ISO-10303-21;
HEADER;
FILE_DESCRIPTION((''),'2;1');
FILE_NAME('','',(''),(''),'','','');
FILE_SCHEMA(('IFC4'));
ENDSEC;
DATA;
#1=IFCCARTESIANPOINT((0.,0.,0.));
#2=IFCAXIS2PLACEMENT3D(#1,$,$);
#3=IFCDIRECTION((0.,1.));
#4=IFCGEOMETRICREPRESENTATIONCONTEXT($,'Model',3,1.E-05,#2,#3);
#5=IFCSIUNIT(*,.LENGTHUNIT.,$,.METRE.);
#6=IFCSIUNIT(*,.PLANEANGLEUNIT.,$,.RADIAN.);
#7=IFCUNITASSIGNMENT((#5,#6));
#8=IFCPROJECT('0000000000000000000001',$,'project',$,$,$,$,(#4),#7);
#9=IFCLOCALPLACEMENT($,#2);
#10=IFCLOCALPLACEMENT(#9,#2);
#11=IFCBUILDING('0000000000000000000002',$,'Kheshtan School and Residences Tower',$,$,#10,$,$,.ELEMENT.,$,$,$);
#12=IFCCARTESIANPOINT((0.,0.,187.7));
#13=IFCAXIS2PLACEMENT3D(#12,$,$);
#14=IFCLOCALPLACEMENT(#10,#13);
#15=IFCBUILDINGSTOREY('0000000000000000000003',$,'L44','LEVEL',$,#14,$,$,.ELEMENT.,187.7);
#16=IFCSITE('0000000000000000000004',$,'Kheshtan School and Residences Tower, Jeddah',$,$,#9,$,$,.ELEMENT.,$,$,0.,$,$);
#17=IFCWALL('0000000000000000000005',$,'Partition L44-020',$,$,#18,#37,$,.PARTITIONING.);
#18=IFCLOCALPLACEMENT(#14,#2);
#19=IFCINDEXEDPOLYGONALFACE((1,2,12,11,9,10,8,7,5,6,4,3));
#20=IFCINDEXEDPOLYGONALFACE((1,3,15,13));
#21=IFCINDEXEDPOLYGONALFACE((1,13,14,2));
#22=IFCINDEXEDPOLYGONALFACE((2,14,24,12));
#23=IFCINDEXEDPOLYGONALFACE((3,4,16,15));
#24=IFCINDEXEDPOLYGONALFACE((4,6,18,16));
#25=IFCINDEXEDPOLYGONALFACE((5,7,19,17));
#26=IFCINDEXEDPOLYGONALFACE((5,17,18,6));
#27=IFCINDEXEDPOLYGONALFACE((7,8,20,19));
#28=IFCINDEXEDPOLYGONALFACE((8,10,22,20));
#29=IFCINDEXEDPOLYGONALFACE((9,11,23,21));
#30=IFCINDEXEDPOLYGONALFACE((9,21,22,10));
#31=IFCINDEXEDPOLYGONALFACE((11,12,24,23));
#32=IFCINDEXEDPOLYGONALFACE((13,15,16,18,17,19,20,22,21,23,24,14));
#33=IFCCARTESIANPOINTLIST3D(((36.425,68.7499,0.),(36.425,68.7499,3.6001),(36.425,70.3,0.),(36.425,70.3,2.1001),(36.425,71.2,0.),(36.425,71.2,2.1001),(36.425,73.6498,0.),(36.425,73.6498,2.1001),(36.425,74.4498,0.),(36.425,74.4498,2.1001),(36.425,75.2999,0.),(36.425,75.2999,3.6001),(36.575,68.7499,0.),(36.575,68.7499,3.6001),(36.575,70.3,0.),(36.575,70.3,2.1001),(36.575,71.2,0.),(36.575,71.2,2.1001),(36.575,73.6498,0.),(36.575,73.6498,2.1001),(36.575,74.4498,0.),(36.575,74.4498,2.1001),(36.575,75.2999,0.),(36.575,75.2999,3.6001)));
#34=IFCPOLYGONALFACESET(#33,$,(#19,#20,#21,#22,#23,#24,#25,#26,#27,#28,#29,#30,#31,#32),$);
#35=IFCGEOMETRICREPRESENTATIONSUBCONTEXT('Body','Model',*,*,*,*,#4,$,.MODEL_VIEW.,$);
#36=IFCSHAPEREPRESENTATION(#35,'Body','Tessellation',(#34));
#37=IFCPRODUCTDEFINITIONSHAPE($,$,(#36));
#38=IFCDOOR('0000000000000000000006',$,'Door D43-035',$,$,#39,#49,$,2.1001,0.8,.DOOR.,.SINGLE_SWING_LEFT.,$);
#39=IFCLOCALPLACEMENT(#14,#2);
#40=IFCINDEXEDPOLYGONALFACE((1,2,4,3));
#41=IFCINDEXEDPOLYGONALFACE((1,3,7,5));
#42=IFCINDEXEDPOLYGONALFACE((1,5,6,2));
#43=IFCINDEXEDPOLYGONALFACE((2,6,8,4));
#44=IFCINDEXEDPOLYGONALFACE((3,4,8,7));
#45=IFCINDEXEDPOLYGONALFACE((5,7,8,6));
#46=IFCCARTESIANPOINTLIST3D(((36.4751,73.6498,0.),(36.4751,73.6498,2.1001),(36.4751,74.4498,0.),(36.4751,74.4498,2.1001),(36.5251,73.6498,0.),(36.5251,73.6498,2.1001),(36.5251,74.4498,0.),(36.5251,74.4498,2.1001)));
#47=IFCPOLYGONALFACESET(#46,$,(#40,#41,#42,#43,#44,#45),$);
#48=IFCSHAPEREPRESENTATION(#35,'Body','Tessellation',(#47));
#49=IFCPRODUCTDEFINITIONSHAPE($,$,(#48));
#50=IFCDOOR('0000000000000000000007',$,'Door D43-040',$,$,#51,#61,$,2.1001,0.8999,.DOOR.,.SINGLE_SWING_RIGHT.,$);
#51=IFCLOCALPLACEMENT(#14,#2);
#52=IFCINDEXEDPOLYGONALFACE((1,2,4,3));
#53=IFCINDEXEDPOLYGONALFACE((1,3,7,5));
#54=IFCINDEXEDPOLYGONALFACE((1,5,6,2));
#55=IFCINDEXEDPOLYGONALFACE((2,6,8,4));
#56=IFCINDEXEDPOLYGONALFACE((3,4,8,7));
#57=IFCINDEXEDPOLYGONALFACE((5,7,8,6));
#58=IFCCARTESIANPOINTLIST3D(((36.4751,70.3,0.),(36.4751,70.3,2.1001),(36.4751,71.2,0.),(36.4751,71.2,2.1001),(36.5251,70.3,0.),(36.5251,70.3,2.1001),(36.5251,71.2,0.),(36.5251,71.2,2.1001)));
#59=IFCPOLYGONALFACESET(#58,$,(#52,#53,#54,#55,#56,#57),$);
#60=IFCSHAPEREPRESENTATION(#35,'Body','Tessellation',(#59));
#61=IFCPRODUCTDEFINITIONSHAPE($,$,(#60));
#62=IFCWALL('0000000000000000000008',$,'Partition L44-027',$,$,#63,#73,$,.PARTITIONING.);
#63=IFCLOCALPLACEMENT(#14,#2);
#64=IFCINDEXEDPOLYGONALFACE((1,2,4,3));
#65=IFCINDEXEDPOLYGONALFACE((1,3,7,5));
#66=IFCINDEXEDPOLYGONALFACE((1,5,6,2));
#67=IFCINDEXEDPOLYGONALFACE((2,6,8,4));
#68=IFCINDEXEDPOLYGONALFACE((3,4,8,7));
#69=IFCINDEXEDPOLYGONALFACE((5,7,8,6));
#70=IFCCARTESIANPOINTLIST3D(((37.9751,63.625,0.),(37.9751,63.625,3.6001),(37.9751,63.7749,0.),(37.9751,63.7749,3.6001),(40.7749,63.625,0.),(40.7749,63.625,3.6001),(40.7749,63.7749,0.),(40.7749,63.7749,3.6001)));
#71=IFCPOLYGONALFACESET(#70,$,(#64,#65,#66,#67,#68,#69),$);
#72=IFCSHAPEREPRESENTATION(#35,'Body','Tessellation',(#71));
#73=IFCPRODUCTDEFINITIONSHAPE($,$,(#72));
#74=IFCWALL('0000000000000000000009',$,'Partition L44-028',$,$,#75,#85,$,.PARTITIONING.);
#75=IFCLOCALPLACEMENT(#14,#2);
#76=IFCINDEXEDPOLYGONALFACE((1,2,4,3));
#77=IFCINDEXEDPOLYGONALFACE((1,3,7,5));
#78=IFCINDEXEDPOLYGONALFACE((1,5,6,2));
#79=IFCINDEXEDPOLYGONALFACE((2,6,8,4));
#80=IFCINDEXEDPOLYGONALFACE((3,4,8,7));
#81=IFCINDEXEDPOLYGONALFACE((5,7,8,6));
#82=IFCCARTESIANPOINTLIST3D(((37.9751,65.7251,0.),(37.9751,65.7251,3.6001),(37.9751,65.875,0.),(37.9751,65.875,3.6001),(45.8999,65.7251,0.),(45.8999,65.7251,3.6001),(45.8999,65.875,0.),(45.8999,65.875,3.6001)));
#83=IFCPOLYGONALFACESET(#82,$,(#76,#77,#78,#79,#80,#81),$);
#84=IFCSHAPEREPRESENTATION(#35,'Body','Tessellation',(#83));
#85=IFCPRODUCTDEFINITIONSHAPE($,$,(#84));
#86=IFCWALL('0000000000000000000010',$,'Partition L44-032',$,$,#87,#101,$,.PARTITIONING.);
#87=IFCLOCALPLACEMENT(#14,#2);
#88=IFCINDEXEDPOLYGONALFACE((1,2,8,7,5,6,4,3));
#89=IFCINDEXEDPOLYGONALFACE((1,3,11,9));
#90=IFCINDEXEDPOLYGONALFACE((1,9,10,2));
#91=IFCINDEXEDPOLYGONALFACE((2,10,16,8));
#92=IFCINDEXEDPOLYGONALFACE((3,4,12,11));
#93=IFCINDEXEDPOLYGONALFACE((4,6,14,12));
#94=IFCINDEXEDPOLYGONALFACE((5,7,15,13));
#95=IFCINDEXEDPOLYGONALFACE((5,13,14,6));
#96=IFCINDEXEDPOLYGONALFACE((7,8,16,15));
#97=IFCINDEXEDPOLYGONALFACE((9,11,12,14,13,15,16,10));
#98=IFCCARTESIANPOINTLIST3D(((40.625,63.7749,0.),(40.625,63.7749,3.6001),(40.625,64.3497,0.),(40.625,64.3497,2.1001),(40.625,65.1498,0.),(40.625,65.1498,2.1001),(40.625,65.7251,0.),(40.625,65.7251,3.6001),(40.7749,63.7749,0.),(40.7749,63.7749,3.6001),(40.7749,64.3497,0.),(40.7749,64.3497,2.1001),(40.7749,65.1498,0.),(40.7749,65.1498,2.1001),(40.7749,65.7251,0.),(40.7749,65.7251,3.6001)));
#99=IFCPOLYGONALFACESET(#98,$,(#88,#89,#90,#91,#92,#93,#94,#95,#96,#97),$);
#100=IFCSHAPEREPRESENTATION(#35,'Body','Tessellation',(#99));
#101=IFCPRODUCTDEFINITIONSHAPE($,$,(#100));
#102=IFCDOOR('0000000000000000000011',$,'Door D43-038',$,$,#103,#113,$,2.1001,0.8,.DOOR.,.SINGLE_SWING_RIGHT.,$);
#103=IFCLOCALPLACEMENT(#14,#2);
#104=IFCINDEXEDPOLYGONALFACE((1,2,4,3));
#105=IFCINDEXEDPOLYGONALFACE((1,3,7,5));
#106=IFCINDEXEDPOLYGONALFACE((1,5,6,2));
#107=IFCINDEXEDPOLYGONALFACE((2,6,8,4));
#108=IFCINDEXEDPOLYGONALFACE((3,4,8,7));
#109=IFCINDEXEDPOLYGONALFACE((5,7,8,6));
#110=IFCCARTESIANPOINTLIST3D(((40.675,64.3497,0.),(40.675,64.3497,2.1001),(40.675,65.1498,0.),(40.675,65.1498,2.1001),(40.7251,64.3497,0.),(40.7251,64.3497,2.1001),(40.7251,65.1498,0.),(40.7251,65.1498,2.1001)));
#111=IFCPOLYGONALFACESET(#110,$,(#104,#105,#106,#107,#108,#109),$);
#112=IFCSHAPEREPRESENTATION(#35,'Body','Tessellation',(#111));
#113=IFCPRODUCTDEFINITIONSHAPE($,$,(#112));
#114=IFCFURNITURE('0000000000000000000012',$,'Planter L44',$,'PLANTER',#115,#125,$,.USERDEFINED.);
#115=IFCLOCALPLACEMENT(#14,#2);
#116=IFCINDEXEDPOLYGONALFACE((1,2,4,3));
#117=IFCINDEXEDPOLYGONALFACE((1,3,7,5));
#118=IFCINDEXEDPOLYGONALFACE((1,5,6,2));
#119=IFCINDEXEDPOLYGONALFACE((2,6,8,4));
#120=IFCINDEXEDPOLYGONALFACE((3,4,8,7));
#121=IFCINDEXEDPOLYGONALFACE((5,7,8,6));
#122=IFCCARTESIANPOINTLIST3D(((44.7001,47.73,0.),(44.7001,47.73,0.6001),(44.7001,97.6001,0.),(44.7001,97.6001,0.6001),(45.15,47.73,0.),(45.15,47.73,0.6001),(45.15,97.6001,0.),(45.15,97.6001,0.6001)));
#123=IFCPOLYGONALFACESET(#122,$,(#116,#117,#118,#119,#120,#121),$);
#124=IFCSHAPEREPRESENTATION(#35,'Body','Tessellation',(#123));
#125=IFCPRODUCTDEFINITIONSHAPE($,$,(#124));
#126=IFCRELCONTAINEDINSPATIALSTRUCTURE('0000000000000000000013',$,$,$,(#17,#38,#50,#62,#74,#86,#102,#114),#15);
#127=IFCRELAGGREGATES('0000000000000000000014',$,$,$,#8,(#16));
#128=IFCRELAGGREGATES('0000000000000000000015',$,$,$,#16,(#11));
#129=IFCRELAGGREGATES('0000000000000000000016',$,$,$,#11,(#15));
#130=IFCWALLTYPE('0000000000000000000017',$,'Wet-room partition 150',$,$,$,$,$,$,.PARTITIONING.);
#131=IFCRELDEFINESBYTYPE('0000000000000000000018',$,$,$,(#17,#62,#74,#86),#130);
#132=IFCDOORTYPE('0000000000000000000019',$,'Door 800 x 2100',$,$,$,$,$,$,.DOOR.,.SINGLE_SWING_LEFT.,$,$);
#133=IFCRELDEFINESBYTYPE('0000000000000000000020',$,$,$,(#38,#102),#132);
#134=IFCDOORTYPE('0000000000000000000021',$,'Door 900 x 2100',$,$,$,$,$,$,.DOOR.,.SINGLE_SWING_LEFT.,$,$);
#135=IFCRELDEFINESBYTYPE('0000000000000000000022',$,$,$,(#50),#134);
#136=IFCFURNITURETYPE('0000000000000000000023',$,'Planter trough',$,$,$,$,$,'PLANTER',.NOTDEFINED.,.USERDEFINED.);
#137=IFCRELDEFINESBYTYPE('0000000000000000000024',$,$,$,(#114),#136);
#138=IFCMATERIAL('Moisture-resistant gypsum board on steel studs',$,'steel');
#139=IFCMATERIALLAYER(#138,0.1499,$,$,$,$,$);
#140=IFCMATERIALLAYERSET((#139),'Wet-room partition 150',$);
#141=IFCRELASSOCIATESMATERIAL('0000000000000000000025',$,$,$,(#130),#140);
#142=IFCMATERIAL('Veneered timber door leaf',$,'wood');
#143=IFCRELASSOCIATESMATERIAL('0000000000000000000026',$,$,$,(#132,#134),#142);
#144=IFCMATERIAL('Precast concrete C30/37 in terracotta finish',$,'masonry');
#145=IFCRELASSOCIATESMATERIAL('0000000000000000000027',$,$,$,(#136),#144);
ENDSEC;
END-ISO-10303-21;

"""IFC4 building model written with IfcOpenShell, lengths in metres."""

from ifc_helpers import new_model, si_unit, direction, frame, frame_2d, origin, origin_2d, place, context, subcontext, project, spatial, rectangle, extrude, source, transform, mapped, material, layer, layer_set, type_object, element, fill, save


model = new_model("IFC4")

# Units and contexts
model_context = context("Model", 3, precision=1e-05, world=origin(), true_north=direction((0.0, 1.0)))
body_context = subcontext(model_context, "Body", "Model", "MODEL_VIEW")
ifc_project = project(units=[si_unit("LENGTHUNIT", "METRE"), si_unit("PLANEANGLEUNIT", "RADIAN")], contexts=[model_context])

# Site, building, storey
site_placement = place(None, origin())
site = spatial("IfcSite", under=ifc_project, at=site_placement, Name="Kheshtan School and Residences Tower, Jeddah", CompositionType="ELEMENT", RefElevation=0.0)
building_placement = place(site_placement, origin())
building = spatial("IfcBuilding", under=site, at=building_placement, Name="Kheshtan School and Residences Tower", CompositionType="ELEMENT")
storey_placement = place(building_placement, frame((0.0, 0.0, 187.7)))
storey = spatial("IfcBuildingStorey", under=building, at=storey_placement, Name="L44", Description="LEVEL", CompositionType="ELEMENT", Elevation=187.7)

# Shared definitions
ifc_material_1 = material(Name="Moisture-resistant gypsum board on steel studs", Category="steel")
ifc_layer_1 = layer(ifc_material_1, 0.1499)
ifc_layer_set_1 = layer_set([ifc_layer_1], Name="Wet-room partition 150")
wall_type_1 = type_object("IfcWallType", Name="Wet-room partition 150", PredefinedType="PARTITIONING", material=ifc_layer_set_1)

# Wall, openings, doors
wall_1_placement = place(storey_placement, frame((36.5, 68.75, 0.0), z_axis=(0.0, 0.0, 1.0), x_axis=(0.0, 1.0, 0.0)))
wall_1 = element("IfcWall", 1, at=wall_1_placement, inside=storey, type_object=wall_type_1, Name="Partition L44-020", PredefinedType="PARTITIONING", context=body_context, shape_type="SweptSolid", body=[
    extrude(rectangle(XDim=6.55, YDim=0.1499, at=frame_2d((3.2749, 0.0))), origin(), (0.0, 0.0, 1.0), 3.6001),
])
opening_1_placement = place(wall_1_placement, frame((4.8999, 0.0, 0.0)))
opening_1 = element("IfcOpeningElement", 2, at=opening_1_placement, cuts=wall_1, PredefinedType="OPENING", context=body_context, shape_type="SweptSolid", body=[
    extrude(rectangle(XDim=0.8, YDim=2.1001, at=frame_2d((0.3999, 1.05))), frame((0.0, 0.085, 0.0), z_axis=(0.0, -1.0, 0.0), x_axis=(1.0, 0.0, 0.0)), (0.0, 0.0, 1.0), 0.1699),
])
opening_2_placement = place(wall_1_placement, frame((1.55, 0.0, 0.0)))
opening_2 = element("IfcOpeningElement", 3, at=opening_2_placement, cuts=wall_1, PredefinedType="OPENING", context=body_context, shape_type="SweptSolid", body=[
    extrude(rectangle(XDim=0.8999, YDim=2.1001, at=frame_2d((0.45, 1.05))), frame((0.0, 0.085, 0.0), z_axis=(0.0, -1.0, 0.0), x_axis=(1.0, 0.0, 0.0)), (0.0, 0.0, 1.0), 0.1699),
])
ifc_material_2 = material(Name="Veneered timber door leaf", Category="wood")
door_type_1 = type_object("IfcDoorType", Name="Door 800 x 2100", OperationType="SINGLE_SWING_LEFT", PredefinedType="DOOR", material=ifc_material_2)
shared_shape_1 = source(origin(), body_context, "Body", "SweptSolid", [
    extrude(rectangle(XDim=0.8, YDim=2.1001, at=frame_2d((0.3999, 1.05))), frame((0.0, 0.0249, 0.0), z_axis=(0.0, -1.0, 0.0), x_axis=(1.0, 0.0, 0.0)), (0.0, 0.0, 1.0), 0.05),
])
door_1_placement = place(opening_1_placement, origin())
door_1 = element("IfcDoor", 4, at=door_1_placement, inside=storey, type_object=door_type_1, Name="Door D43-035", OperationType="SINGLE_SWING_LEFT", OverallHeight=2.1001, OverallWidth=0.8, PredefinedType="DOOR", context=body_context, shape_type="MappedRepresentation", body=[
    mapped(shared_shape_1, transform((0.0, 0.0, 0.0), x_axis=(1.0, 0.0, 0.0), y_axis=(0.0, 1.0, 0.0), z_axis=(0.0, 0.0, 1.0), scale=1.0)),
])
fill(opening_1, door_1)
door_type_2 = type_object("IfcDoorType", Name="Door 900 x 2100", OperationType="SINGLE_SWING_LEFT", PredefinedType="DOOR", material=ifc_material_2)
shared_shape_2 = source(origin(), body_context, "Body", "SweptSolid", [
    extrude(rectangle(XDim=0.8999, YDim=2.1001, at=frame_2d((0.45, 1.05))), frame((0.0, 0.0249, 0.0), z_axis=(0.0, -1.0, 0.0), x_axis=(1.0, 0.0, 0.0)), (0.0, 0.0, 1.0), 0.05),
])
door_2_placement = place(opening_2_placement, origin())
door_2 = element("IfcDoor", 5, at=door_2_placement, inside=storey, type_object=door_type_2, Name="Door D43-040", OperationType="SINGLE_SWING_RIGHT", OverallHeight=2.1001, OverallWidth=0.8999, PredefinedType="DOOR", context=body_context, shape_type="MappedRepresentation", body=[
    mapped(shared_shape_2, transform((0.0, 0.0, 0.0), x_axis=(1.0, 0.0, 0.0), y_axis=(0.0, 1.0, 0.0), z_axis=(0.0, 0.0, 1.0), scale=1.0)),
])
fill(opening_2, door_2)

# Walls
wall_2_placement = place(storey_placement, frame((37.9751, 63.7, 0.0), z_axis=(0.0, 0.0, 1.0), x_axis=(1.0, 0.0, 0.0)))
element("IfcWall", 6, at=wall_2_placement, inside=storey, type_object=wall_type_1, Name="Partition L44-027", PredefinedType="PARTITIONING", context=body_context, shape_type="SweptSolid", body=[
    extrude(rectangle(XDim=2.7998, YDim=0.1499, at=frame_2d((1.3999, 0.0))), origin(), (0.0, 0.0, 1.0), 3.6001),
])
wall_3_placement = place(storey_placement, frame((37.9751, 65.8, 0.0), z_axis=(0.0, 0.0, 1.0), x_axis=(1.0, 0.0, 0.0)))
element("IfcWall", 7, at=wall_3_placement, inside=storey, type_object=wall_type_1, Name="Partition L44-028", PredefinedType="PARTITIONING", context=body_context, shape_type="SweptSolid", body=[
    extrude(rectangle(XDim=7.9248, YDim=0.1499, at=frame_2d((3.9624, 0.0))), origin(), (0.0, 0.0, 1.0), 3.6001),
])

# Wall, opening, door
wall_4_placement = place(storey_placement, frame((40.7, 63.7749, 0.0), z_axis=(0.0, 0.0, 1.0), x_axis=(0.0, 1.0, 0.0)))
wall_4 = element("IfcWall", 8, at=wall_4_placement, inside=storey, type_object=wall_type_1, Name="Partition L44-032", PredefinedType="PARTITIONING", context=body_context, shape_type="SweptSolid", body=[
    extrude(rectangle(XDim=1.9502, YDim=0.1499, at=frame_2d((0.9751, 0.0))), origin(), (0.0, 0.0, 1.0), 3.6001),
])
opening_3_placement = place(wall_4_placement, frame((0.575, 0.0, 0.0)))
opening_3 = element("IfcOpeningElement", 9, at=opening_3_placement, cuts=wall_4, PredefinedType="OPENING", context=body_context, shape_type="SweptSolid", body=[
    extrude(rectangle(XDim=0.8, YDim=2.1001, at=frame_2d((0.3999, 1.05))), frame((0.0, 0.085, 0.0), z_axis=(0.0, -1.0, 0.0), x_axis=(1.0, 0.0, 0.0)), (0.0, 0.0, 1.0), 0.1699),
])
door_3_placement = place(opening_3_placement, origin())
door_3 = element("IfcDoor", 10, at=door_3_placement, inside=storey, type_object=door_type_1, Name="Door D43-038", OperationType="SINGLE_SWING_RIGHT", OverallHeight=2.1001, OverallWidth=0.8, PredefinedType="DOOR", context=body_context, shape_type="MappedRepresentation", body=[
    mapped(shared_shape_1, transform((0.0, 0.0, 0.0), x_axis=(1.0, 0.0, 0.0), y_axis=(0.0, 1.0, 0.0), z_axis=(0.0, 0.0, 1.0), scale=1.0)),
])
fill(opening_3, door_3)

# Furniture
ifc_material_3 = material(Name="Precast concrete C30/37 in terracotta finish", Category="masonry")
furniture_type = type_object("IfcFurnitureType", Name="Planter trough", ElementType="PLANTER", AssemblyPlace="NOTDEFINED", PredefinedType="USERDEFINED", material=ifc_material_3)
furniture_placement = place(storey_placement, frame((44.925, 72.665, 0.0), z_axis=(0.0, 0.0, 1.0), x_axis=(0.0, -1.0, 0.0)))
element("IfcFurniture", 11, at=furniture_placement, inside=storey, type_object=furniture_type, Name="Planter L44", ObjectType="PLANTER", PredefinedType="USERDEFINED", context=body_context, shape_type="SweptSolid", body=[
    extrude(rectangle(XDim=49.8701, YDim=0.45, at=origin_2d()), origin(), (0.0, 0.0, 1.0), 0.6001),
])

save(model, "model.ifc")
